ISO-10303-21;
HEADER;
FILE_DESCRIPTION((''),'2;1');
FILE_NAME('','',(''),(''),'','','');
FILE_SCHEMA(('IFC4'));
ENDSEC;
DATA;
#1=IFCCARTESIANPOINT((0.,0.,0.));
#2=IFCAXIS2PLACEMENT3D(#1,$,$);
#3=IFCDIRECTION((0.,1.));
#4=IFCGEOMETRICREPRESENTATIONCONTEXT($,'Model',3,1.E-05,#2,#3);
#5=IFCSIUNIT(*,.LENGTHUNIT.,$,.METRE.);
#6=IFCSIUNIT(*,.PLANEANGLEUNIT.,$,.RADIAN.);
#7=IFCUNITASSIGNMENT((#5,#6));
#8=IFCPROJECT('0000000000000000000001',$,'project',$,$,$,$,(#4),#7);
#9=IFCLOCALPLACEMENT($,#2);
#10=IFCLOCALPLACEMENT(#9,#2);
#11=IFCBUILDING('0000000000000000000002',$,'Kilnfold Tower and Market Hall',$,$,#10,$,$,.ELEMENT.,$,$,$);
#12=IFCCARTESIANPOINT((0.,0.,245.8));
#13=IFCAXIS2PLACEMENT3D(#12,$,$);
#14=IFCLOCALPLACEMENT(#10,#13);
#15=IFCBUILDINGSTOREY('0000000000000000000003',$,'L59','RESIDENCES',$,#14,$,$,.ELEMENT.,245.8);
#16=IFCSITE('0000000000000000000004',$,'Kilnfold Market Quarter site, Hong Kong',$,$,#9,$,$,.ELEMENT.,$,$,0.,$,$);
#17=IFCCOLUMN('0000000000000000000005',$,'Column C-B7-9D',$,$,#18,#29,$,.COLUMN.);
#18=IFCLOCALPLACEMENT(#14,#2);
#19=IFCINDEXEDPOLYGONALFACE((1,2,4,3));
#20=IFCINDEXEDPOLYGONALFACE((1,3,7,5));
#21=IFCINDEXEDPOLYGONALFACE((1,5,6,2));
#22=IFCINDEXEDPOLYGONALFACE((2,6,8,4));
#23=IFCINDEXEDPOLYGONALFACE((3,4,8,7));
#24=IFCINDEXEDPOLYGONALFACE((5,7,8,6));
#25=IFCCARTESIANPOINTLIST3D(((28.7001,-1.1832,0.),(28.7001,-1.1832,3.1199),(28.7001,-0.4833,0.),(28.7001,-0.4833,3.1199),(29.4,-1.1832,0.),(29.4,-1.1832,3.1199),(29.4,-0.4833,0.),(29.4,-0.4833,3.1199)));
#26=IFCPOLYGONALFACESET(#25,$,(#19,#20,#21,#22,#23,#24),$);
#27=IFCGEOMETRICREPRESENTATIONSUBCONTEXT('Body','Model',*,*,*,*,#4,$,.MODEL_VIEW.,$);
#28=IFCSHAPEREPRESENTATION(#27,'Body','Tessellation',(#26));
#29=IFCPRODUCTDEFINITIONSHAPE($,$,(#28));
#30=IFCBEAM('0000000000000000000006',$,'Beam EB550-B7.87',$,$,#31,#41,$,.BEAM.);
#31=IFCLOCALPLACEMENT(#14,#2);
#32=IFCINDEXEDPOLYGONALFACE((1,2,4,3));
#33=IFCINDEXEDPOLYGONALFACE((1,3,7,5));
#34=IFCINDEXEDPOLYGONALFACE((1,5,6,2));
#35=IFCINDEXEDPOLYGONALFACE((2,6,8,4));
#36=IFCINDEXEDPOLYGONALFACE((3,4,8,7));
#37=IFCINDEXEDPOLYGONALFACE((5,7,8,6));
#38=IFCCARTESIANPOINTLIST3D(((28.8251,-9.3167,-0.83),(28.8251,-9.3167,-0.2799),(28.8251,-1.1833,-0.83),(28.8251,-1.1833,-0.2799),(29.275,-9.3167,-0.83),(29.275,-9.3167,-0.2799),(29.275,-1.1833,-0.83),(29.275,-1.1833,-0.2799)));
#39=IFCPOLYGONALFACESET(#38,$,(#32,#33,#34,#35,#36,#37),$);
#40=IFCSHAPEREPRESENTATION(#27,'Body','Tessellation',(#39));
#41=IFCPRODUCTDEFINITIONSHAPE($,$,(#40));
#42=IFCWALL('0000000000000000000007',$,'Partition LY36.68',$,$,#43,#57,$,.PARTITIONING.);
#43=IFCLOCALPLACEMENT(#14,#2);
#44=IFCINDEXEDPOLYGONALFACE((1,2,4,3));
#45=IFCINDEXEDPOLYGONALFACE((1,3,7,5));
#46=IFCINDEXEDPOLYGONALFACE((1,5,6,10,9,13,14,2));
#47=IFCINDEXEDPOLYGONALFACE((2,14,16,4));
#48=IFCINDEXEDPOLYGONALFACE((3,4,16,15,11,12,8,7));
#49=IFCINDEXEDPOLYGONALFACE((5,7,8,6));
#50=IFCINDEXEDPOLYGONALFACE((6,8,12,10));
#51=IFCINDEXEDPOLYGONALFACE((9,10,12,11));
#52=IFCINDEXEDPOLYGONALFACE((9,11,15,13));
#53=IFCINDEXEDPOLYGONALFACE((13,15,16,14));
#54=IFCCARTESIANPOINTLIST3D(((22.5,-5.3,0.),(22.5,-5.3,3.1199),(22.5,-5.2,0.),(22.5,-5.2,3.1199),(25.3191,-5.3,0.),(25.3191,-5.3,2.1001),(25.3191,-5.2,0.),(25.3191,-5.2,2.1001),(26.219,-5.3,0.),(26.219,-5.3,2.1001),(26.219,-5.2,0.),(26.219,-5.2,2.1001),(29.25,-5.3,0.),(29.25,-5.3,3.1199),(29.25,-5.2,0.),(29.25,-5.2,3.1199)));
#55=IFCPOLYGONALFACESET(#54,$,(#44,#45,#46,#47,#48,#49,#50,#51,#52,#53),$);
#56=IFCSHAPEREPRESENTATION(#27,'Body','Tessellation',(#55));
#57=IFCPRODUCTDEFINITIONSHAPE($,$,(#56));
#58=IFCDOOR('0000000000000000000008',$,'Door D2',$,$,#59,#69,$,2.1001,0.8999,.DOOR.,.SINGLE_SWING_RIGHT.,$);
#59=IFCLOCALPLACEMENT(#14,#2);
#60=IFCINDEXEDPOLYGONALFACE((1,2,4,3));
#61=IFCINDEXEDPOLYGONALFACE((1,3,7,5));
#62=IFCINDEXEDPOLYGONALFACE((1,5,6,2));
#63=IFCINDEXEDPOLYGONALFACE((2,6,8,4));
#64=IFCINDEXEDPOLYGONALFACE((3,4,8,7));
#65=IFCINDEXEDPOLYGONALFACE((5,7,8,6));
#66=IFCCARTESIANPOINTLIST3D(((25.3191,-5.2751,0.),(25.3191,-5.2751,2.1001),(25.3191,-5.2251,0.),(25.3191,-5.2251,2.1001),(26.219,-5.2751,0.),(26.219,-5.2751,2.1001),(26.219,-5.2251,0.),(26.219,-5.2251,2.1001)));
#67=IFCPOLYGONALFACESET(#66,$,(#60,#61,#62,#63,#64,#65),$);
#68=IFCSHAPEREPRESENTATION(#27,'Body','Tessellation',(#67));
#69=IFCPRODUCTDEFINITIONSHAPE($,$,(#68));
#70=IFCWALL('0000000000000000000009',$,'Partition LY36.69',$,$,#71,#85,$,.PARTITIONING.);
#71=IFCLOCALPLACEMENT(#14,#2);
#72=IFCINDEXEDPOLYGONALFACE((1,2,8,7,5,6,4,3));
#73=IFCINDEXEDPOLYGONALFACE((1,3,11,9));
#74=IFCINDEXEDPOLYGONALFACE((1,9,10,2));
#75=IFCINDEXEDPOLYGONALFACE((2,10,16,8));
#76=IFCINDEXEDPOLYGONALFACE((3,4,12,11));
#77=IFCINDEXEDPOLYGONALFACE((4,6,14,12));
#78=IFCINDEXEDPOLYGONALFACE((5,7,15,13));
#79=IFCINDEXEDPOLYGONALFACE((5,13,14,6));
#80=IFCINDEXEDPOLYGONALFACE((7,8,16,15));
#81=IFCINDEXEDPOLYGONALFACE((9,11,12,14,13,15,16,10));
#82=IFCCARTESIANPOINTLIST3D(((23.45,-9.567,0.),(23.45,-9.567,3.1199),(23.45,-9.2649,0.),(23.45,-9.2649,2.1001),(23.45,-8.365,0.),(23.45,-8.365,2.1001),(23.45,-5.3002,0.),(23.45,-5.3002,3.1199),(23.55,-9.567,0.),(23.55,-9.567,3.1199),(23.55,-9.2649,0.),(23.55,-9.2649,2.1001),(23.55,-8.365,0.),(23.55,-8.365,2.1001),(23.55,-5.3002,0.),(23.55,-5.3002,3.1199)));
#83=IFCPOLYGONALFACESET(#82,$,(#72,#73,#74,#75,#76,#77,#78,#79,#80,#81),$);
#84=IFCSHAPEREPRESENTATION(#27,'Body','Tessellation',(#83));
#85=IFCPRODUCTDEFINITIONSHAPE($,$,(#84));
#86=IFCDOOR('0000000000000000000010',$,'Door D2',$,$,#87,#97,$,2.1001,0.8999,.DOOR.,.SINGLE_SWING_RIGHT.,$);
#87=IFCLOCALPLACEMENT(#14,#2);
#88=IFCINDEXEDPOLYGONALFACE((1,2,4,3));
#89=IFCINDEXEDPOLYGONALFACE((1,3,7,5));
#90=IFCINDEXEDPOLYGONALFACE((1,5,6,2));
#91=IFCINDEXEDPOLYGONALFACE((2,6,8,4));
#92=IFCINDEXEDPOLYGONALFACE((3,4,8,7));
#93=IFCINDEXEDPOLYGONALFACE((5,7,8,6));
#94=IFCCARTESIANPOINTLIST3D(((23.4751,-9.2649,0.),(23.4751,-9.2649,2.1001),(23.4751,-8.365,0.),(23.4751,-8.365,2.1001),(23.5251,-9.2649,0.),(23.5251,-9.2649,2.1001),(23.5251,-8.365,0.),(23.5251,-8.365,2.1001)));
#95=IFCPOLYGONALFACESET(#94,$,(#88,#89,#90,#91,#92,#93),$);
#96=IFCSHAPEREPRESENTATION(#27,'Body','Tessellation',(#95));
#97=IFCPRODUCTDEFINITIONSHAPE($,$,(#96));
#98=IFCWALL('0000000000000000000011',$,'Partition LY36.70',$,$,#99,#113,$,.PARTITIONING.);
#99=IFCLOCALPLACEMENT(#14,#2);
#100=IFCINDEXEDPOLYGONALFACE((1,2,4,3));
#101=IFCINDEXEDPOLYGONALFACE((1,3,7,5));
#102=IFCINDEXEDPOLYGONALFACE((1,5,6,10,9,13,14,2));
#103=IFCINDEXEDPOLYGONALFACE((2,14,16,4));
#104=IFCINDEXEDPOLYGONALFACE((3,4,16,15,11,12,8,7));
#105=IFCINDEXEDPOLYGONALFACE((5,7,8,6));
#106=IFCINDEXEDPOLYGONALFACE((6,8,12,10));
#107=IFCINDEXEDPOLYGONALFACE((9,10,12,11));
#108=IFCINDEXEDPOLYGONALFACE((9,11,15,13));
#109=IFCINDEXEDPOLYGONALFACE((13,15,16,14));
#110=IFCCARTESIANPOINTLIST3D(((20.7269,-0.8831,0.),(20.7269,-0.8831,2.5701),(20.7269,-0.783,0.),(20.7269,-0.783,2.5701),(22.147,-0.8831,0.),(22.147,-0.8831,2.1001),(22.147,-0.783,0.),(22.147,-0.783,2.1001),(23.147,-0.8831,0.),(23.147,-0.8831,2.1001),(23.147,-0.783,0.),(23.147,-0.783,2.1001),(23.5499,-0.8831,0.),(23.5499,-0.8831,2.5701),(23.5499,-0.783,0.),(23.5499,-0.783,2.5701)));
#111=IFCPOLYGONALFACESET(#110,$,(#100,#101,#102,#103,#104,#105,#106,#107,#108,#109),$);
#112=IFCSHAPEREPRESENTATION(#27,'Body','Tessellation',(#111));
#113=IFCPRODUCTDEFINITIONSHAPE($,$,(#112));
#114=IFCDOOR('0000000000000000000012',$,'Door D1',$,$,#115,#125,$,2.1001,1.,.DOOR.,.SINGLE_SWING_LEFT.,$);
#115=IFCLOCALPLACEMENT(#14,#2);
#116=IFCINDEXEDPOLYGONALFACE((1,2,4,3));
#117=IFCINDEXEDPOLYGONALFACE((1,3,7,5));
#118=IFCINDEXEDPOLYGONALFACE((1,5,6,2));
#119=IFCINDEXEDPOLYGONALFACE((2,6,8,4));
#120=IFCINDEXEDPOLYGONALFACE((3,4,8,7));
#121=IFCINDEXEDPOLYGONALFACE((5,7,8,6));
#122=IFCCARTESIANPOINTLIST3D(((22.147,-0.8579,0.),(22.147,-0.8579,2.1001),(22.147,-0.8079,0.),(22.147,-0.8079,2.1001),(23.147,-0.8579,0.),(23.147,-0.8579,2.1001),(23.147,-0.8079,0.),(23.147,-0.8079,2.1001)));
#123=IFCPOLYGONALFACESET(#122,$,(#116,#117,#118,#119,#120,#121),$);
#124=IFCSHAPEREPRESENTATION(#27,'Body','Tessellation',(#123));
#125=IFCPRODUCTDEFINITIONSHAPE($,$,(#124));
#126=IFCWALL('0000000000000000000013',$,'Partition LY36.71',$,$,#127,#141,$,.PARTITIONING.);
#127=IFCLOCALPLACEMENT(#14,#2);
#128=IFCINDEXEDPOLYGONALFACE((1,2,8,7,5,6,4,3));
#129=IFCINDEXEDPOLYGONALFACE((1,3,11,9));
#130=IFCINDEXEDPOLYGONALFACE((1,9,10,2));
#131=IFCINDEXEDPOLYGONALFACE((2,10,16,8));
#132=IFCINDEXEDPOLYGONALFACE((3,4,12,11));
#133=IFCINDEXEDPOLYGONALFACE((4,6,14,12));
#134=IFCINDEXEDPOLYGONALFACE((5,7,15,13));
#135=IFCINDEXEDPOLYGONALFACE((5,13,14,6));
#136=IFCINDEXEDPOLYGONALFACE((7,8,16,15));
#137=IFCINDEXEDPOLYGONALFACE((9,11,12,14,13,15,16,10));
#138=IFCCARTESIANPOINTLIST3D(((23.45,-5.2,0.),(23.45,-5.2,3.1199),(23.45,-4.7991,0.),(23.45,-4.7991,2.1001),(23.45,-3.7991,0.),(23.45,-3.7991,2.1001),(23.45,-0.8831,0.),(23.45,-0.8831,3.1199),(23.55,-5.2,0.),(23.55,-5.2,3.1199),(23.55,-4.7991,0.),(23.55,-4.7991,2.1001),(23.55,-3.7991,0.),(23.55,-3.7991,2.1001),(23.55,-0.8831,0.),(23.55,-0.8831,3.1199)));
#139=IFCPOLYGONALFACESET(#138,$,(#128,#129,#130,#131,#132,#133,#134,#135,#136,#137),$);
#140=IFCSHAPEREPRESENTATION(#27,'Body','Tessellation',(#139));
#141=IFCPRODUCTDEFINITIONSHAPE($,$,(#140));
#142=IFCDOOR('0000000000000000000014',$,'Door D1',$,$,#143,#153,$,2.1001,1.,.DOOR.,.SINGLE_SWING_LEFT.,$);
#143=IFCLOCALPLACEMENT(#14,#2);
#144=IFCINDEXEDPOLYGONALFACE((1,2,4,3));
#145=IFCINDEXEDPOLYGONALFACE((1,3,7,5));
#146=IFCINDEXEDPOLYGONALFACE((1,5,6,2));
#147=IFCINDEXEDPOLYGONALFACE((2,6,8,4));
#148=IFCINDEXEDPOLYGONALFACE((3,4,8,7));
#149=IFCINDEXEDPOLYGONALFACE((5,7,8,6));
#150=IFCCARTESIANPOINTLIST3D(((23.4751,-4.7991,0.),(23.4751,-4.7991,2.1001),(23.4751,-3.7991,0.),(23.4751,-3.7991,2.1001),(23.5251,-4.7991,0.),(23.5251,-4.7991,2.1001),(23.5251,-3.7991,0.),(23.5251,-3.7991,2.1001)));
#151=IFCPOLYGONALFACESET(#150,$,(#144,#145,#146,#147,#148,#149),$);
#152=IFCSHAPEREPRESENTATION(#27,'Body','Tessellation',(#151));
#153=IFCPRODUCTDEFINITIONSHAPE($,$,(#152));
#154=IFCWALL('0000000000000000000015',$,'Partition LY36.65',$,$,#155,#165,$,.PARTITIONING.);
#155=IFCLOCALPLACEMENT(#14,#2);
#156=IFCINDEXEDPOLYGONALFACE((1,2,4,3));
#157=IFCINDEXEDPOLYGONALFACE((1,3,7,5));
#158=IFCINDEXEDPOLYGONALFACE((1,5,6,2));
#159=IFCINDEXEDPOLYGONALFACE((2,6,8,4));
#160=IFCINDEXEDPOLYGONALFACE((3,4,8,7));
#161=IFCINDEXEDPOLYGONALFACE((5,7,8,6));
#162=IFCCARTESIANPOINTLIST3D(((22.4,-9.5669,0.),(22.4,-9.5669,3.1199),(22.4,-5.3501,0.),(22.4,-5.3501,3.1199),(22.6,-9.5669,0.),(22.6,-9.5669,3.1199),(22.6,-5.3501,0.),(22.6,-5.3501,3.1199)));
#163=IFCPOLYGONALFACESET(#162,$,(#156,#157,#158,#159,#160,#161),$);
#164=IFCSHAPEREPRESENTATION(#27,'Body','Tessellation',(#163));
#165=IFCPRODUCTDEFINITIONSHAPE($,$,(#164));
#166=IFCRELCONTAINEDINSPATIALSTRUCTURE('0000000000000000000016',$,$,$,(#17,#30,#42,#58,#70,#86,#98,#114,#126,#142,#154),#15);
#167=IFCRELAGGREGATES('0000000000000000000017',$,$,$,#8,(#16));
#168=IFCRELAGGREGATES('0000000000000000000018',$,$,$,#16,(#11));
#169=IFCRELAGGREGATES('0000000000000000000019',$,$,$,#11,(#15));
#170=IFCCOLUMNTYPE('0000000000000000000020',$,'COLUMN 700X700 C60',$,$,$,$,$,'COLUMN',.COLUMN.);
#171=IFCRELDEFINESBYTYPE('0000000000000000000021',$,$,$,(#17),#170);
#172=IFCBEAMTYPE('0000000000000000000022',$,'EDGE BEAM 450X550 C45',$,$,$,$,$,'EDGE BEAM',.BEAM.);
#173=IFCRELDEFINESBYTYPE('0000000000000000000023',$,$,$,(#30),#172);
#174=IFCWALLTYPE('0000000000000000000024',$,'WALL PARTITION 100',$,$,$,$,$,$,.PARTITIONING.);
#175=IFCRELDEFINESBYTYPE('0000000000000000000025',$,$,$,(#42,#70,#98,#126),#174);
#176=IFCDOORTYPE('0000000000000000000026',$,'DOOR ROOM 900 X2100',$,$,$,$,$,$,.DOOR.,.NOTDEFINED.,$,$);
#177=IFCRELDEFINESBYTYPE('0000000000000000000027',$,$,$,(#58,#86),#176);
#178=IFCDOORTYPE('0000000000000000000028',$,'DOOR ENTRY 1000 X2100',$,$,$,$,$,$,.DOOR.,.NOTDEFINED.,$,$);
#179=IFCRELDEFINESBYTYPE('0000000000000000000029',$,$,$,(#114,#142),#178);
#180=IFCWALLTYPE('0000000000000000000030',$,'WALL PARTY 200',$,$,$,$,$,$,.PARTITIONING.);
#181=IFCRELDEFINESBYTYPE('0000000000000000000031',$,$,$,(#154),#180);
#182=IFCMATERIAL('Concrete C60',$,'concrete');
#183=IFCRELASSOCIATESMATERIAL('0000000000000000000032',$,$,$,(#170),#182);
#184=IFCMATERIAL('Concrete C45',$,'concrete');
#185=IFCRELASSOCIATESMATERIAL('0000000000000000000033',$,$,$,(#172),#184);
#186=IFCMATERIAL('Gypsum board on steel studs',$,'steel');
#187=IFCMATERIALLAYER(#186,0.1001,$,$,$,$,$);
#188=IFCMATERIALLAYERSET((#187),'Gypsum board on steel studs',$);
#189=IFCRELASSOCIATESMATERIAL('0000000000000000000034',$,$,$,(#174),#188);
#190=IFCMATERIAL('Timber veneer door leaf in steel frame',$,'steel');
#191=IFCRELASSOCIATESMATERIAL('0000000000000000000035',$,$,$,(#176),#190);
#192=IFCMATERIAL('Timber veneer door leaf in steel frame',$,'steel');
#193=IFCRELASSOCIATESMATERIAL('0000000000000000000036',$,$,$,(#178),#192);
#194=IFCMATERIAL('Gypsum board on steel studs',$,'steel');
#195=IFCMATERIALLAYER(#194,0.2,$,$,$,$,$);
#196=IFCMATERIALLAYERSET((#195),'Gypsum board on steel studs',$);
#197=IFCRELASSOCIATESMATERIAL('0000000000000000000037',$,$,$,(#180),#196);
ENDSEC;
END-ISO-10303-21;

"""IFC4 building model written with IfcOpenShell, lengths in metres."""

from ifc_helpers import new_model, si_unit, direction, frame, frame_2d, origin, origin_2d, place, context, subcontext, project, spatial, rectangle, extrude, source, transform, mapped, material, layer, layer_set, material_profile, profile_set, type_object, element, fill, save


model = new_model("IFC4")

# Units and contexts
model_context = context("Model", 3, precision=1e-05, world=origin(), true_north=direction((0.0, 1.0)))
body_context = subcontext(model_context, "Body", "Model", "MODEL_VIEW")
ifc_project = project(units=[si_unit("LENGTHUNIT", "METRE"), si_unit("PLANEANGLEUNIT", "RADIAN")], contexts=[model_context])

# Site, building, storey
site_placement = place(None, origin())
site = spatial("IfcSite", under=ifc_project, at=site_placement, Name="Kilnfold Market Quarter site, Hong Kong", CompositionType="ELEMENT", RefElevation=0.0)
building_placement = place(site_placement, origin())
building = spatial("IfcBuilding", under=site, at=building_placement, Name="Kilnfold Tower and Market Hall", CompositionType="ELEMENT")
storey_placement = place(building_placement, frame((0.0, 0.0, 245.8)))
storey = spatial("IfcBuildingStorey", under=building, at=storey_placement, Name="L59", Description="RESIDENCES", CompositionType="ELEMENT", Elevation=245.8)

# Column
ifc_material_1 = material(Name="Concrete C60", Category="concrete")
ifc_material_profile_1 = material_profile(ifc_material_1, rectangle(XDim=0.7, YDim=0.7, at=origin_2d()), Name="RC 700x700")
ifc_profile_set_1 = profile_set([ifc_material_profile_1], Name="Concrete C60")
column_type = type_object("IfcColumnType", Name="COLUMN 700X700 C60", ElementType="COLUMN", PredefinedType="COLUMN", material=ifc_profile_set_1)
shared_shape_1 = source(origin(), body_context, "Body", "SweptSolid", [
    extrude(rectangle(XDim=0.7, YDim=0.7, at=origin_2d()), origin(), (0.0, 0.0, 1.0), 3.1199),
])
column_placement = place(storey_placement, frame((29.05, -0.8333, 0.0), z_axis=(0.0, 0.0, 1.0), x_axis=(1.0, 0.0, 0.0)))
element("IfcColumn", 1, at=column_placement, inside=storey, type_object=column_type, Name="Column C-B7-9D", PredefinedType="COLUMN", context=body_context, shape_type="MappedRepresentation", body=[
    mapped(shared_shape_1, transform((0.0, 0.0, 0.0))),
])

# Beam
ifc_material_2 = material(Name="Concrete C45", Category="concrete")
ifc_material_profile_2 = material_profile(ifc_material_2, rectangle(XDim=0.45, YDim=0.55, at=origin_2d()), Name="RC 450x550")
ifc_profile_set_2 = profile_set([ifc_material_profile_2], Name="Concrete C45")
beam_type = type_object("IfcBeamType", Name="EDGE BEAM 450X550 C45", ElementType="EDGE BEAM", PredefinedType="BEAM", material=ifc_profile_set_2)
shared_shape_2 = source(origin(), body_context, "Body", "SweptSolid", [
    extrude(rectangle(XDim=0.45, YDim=0.55, at=origin_2d()), origin(), (0.0, 0.0, 1.0), 8.1333),
])
beam_placement = place(storey_placement, frame((29.05, -9.3167, -0.5549), z_axis=(0.0, 1.0, 0.0), x_axis=(-1.0, 0.0, 0.0)))
element("IfcBeam", 2, at=beam_placement, inside=storey, type_object=beam_type, Name="Beam EB550-B7.87", PredefinedType="BEAM", context=body_context, shape_type="MappedRepresentation", body=[
    mapped(shared_shape_2, transform((0.0, 0.0, 0.0))),
])

# Walls, openings, doors
ifc_material_3 = material(Name="Gypsum board on steel studs", Category="steel")
ifc_layer_1 = layer(ifc_material_3, 0.1001)
ifc_layer_set_1 = layer_set([ifc_layer_1], Name="Gypsum board on steel studs")
wall_type_1 = type_object("IfcWallType", Name="WALL PARTITION 100", PredefinedType="PARTITIONING", material=ifc_layer_set_1)
wall_1_placement = place(storey_placement, frame((22.5, -5.25, 0.0), z_axis=(0.0, 0.0, 1.0), x_axis=(1.0, 0.0, 0.0)))
wall_1 = element("IfcWall", 3, at=wall_1_placement, inside=storey, type_object=wall_type_1, Name="Partition LY36.68", PredefinedType="PARTITIONING", context=body_context, shape_type="SweptSolid", body=[
    extrude(rectangle(XDim=6.75, YDim=0.1001, at=frame_2d((3.375, 0.0))), origin(), (0.0, 0.0, 1.0), 3.1199),
])
opening_1_placement = place(wall_1_placement, frame((2.8191, 0.0, 0.0)))
opening_1 = element("IfcOpeningElement", 4, at=opening_1_placement, cuts=wall_1, PredefinedType="OPENING", context=body_context, shape_type="SweptSolid", body=[
    extrude(rectangle(XDim=0.8999, YDim=2.1001, at=frame_2d((0.45, 1.05))), frame((0.0, 0.0601, 0.0), z_axis=(0.0, -1.0, 0.0), x_axis=(1.0, 0.0, 0.0)), (0.0, 0.0, 1.0), 0.1201),
])
ifc_material_4 = material(Name="Timber veneer door leaf in steel frame", Category="steel")
door_type_1 = type_object("IfcDoorType", Name="DOOR ROOM 900 X2100", OperationType="NOTDEFINED", PredefinedType="DOOR", material=ifc_material_4)
door_1_placement = place(opening_1_placement, origin())
door_1 = element("IfcDoor", 5, at=door_1_placement, inside=storey, type_object=door_type_1, Name="Door D2", OperationType="SINGLE_SWING_RIGHT", OverallHeight=2.1001, OverallWidth=0.8999, PredefinedType="DOOR", context=body_context, shape_type="SweptSolid", body=[
    extrude(rectangle(XDim=0.8999, YDim=2.1001, at=frame_2d((0.45, 1.05))), frame((0.0, 0.0249, 0.0), z_axis=(0.0, -1.0, 0.0), x_axis=(1.0, 0.0, 0.0)), (0.0, 0.0, 1.0), 0.05),
])
fill(opening_1, door_1)
wall_2_placement = place(storey_placement, frame((23.5, -9.5669, 0.0), z_axis=(0.0, 0.0, 1.0), x_axis=(0.0, 1.0, 0.0)))
wall_2 = element("IfcWall", 6, at=wall_2_placement, inside=storey, type_object=wall_type_1, Name="Partition LY36.69", PredefinedType="PARTITIONING", context=body_context, shape_type="SweptSolid", body=[
    extrude(rectangle(XDim=4.2668, YDim=0.1001, at=frame_2d((2.1333, 0.0))), origin(), (0.0, 0.0, 1.0), 3.1199),
])
opening_2_placement = place(wall_2_placement, frame((0.302, 0.0, 0.0)))
opening_2 = element("IfcOpeningElement", 7, at=opening_2_placement, cuts=wall_2, PredefinedType="OPENING", context=body_context, shape_type="SweptSolid", body=[
    extrude(rectangle(XDim=0.8999, YDim=2.1001, at=frame_2d((0.45, 1.05))), frame((0.0, 0.0601, 0.0), z_axis=(0.0, -1.0, 0.0), x_axis=(1.0, 0.0, 0.0)), (0.0, 0.0, 1.0), 0.1201),
])
door_2_placement = place(opening_2_placement, origin())
door_2 = element("IfcDoor", 8, at=door_2_placement, inside=storey, type_object=door_type_1, Name="Door D2", OperationType="SINGLE_SWING_RIGHT", OverallHeight=2.1001, OverallWidth=0.8999, PredefinedType="DOOR", context=body_context, shape_type="SweptSolid", body=[
    extrude(rectangle(XDim=0.8999, YDim=2.1001, at=frame_2d((0.45, 1.05))), frame((0.0, 0.0249, 0.0), z_axis=(0.0, -1.0, 0.0), x_axis=(1.0, 0.0, 0.0)), (0.0, 0.0, 1.0), 0.05),
])
fill(opening_2, door_2)
wall_3_placement = place(storey_placement, frame((23.55, -0.833, 0.0), z_axis=(0.0, 0.0, 1.0), x_axis=(-1.0, 0.0, 0.0)))
wall_3 = element("IfcWall", 9, at=wall_3_placement, inside=storey, type_object=wall_type_1, Name="Partition LY36.70", PredefinedType="PARTITIONING", context=body_context, shape_type="SweptSolid", body=[
    extrude(rectangle(XDim=2.823, YDim=0.1001, at=frame_2d((1.4116, 0.0))), origin(), (0.0, 0.0, 1.0), 2.5701),
])
opening_3_placement = place(wall_3_placement, frame((0.4031, 0.0, 0.0)))
opening_3 = element("IfcOpeningElement", 10, at=opening_3_placement, cuts=wall_3, PredefinedType="OPENING", context=body_context, shape_type="SweptSolid", body=[
    extrude(rectangle(XDim=1.0, YDim=2.1001, at=frame_2d((0.5, 1.05))), frame((0.0, 0.0601, 0.0), z_axis=(0.0, -1.0, 0.0), x_axis=(1.0, 0.0, 0.0)), (0.0, 0.0, 1.0), 0.1201),
])
ifc_material_5 = material(Name="Timber veneer door leaf in steel frame", Category="steel")
door_type_2 = type_object("IfcDoorType", Name="DOOR ENTRY 1000 X2100", OperationType="NOTDEFINED", PredefinedType="DOOR", material=ifc_material_5)
door_3_placement = place(opening_3_placement, origin())
door_3 = element("IfcDoor", 11, at=door_3_placement, inside=storey, type_object=door_type_2, Name="Door D1", OperationType="SINGLE_SWING_LEFT", OverallHeight=2.1001, OverallWidth=1.0, PredefinedType="DOOR", context=body_context, shape_type="SweptSolid", body=[
    extrude(rectangle(XDim=1.0, YDim=2.1001, at=frame_2d((0.5, 1.05))), frame((0.0, 0.0249, 0.0), z_axis=(0.0, -1.0, 0.0), x_axis=(1.0, 0.0, 0.0)), (0.0, 0.0, 1.0), 0.05),
])
fill(opening_3, door_3)
wall_4_placement = place(storey_placement, frame((23.5, -5.2, 0.0), z_axis=(0.0, 0.0, 1.0), x_axis=(0.0, 1.0, 0.0)))
wall_4 = element("IfcWall", 12, at=wall_4_placement, inside=storey, type_object=wall_type_1, Name="Partition LY36.71", PredefinedType="PARTITIONING", context=body_context, shape_type="SweptSolid", body=[
    extrude(rectangle(XDim=4.3169, YDim=0.1001, at=frame_2d((2.1584, 0.0))), origin(), (0.0, 0.0, 1.0), 3.1199),
])
opening_4_placement = place(wall_4_placement, frame((0.4009, 0.0, 0.0)))
opening_4 = element("IfcOpeningElement", 13, at=opening_4_placement, cuts=wall_4, PredefinedType="OPENING", context=body_context, shape_type="SweptSolid", body=[
    extrude(rectangle(XDim=1.0, YDim=2.1001, at=frame_2d((0.5, 1.05))), frame((0.0, 0.0601, 0.0), z_axis=(0.0, -1.0, 0.0), x_axis=(1.0, 0.0, 0.0)), (0.0, 0.0, 1.0), 0.1201),
])
door_4_placement = place(opening_4_placement, origin())
door_4 = element("IfcDoor", 14, at=door_4_placement, inside=storey, type_object=door_type_2, Name="Door D1", OperationType="SINGLE_SWING_LEFT", OverallHeight=2.1001, OverallWidth=1.0, PredefinedType="DOOR", context=body_context, shape_type="SweptSolid", body=[
    extrude(rectangle(XDim=1.0, YDim=2.1001, at=frame_2d((0.5, 1.05))), frame((0.0, 0.0249, 0.0), z_axis=(0.0, -1.0, 0.0), x_axis=(1.0, 0.0, 0.0)), (0.0, 0.0, 1.0), 0.05),
])
fill(opening_4, door_4)

# Wall
ifc_material_6 = material(Name="Gypsum board on steel studs", Category="steel")
ifc_layer_2 = layer(ifc_material_6, 0.2)
ifc_layer_set_2 = layer_set([ifc_layer_2], Name="Gypsum board on steel studs")
wall_type_2 = type_object("IfcWallType", Name="WALL PARTY 200", PredefinedType="PARTITIONING", material=ifc_layer_set_2)
wall_5_placement = place(storey_placement, frame((22.5, -9.5669, 0.0), z_axis=(0.0, 0.0, 1.0), x_axis=(0.0, 1.0, 0.0)))
element("IfcWall", 15, at=wall_5_placement, inside=storey, type_object=wall_type_2, Name="Partition LY36.65", PredefinedType="PARTITIONING", context=body_context, shape_type="SweptSolid", body=[
    extrude(rectangle(XDim=4.2168, YDim=0.2, at=frame_2d((2.1084, 0.0))), origin(), (0.0, 0.0, 1.0), 3.1199),
])

save(model, "model.ifc")
